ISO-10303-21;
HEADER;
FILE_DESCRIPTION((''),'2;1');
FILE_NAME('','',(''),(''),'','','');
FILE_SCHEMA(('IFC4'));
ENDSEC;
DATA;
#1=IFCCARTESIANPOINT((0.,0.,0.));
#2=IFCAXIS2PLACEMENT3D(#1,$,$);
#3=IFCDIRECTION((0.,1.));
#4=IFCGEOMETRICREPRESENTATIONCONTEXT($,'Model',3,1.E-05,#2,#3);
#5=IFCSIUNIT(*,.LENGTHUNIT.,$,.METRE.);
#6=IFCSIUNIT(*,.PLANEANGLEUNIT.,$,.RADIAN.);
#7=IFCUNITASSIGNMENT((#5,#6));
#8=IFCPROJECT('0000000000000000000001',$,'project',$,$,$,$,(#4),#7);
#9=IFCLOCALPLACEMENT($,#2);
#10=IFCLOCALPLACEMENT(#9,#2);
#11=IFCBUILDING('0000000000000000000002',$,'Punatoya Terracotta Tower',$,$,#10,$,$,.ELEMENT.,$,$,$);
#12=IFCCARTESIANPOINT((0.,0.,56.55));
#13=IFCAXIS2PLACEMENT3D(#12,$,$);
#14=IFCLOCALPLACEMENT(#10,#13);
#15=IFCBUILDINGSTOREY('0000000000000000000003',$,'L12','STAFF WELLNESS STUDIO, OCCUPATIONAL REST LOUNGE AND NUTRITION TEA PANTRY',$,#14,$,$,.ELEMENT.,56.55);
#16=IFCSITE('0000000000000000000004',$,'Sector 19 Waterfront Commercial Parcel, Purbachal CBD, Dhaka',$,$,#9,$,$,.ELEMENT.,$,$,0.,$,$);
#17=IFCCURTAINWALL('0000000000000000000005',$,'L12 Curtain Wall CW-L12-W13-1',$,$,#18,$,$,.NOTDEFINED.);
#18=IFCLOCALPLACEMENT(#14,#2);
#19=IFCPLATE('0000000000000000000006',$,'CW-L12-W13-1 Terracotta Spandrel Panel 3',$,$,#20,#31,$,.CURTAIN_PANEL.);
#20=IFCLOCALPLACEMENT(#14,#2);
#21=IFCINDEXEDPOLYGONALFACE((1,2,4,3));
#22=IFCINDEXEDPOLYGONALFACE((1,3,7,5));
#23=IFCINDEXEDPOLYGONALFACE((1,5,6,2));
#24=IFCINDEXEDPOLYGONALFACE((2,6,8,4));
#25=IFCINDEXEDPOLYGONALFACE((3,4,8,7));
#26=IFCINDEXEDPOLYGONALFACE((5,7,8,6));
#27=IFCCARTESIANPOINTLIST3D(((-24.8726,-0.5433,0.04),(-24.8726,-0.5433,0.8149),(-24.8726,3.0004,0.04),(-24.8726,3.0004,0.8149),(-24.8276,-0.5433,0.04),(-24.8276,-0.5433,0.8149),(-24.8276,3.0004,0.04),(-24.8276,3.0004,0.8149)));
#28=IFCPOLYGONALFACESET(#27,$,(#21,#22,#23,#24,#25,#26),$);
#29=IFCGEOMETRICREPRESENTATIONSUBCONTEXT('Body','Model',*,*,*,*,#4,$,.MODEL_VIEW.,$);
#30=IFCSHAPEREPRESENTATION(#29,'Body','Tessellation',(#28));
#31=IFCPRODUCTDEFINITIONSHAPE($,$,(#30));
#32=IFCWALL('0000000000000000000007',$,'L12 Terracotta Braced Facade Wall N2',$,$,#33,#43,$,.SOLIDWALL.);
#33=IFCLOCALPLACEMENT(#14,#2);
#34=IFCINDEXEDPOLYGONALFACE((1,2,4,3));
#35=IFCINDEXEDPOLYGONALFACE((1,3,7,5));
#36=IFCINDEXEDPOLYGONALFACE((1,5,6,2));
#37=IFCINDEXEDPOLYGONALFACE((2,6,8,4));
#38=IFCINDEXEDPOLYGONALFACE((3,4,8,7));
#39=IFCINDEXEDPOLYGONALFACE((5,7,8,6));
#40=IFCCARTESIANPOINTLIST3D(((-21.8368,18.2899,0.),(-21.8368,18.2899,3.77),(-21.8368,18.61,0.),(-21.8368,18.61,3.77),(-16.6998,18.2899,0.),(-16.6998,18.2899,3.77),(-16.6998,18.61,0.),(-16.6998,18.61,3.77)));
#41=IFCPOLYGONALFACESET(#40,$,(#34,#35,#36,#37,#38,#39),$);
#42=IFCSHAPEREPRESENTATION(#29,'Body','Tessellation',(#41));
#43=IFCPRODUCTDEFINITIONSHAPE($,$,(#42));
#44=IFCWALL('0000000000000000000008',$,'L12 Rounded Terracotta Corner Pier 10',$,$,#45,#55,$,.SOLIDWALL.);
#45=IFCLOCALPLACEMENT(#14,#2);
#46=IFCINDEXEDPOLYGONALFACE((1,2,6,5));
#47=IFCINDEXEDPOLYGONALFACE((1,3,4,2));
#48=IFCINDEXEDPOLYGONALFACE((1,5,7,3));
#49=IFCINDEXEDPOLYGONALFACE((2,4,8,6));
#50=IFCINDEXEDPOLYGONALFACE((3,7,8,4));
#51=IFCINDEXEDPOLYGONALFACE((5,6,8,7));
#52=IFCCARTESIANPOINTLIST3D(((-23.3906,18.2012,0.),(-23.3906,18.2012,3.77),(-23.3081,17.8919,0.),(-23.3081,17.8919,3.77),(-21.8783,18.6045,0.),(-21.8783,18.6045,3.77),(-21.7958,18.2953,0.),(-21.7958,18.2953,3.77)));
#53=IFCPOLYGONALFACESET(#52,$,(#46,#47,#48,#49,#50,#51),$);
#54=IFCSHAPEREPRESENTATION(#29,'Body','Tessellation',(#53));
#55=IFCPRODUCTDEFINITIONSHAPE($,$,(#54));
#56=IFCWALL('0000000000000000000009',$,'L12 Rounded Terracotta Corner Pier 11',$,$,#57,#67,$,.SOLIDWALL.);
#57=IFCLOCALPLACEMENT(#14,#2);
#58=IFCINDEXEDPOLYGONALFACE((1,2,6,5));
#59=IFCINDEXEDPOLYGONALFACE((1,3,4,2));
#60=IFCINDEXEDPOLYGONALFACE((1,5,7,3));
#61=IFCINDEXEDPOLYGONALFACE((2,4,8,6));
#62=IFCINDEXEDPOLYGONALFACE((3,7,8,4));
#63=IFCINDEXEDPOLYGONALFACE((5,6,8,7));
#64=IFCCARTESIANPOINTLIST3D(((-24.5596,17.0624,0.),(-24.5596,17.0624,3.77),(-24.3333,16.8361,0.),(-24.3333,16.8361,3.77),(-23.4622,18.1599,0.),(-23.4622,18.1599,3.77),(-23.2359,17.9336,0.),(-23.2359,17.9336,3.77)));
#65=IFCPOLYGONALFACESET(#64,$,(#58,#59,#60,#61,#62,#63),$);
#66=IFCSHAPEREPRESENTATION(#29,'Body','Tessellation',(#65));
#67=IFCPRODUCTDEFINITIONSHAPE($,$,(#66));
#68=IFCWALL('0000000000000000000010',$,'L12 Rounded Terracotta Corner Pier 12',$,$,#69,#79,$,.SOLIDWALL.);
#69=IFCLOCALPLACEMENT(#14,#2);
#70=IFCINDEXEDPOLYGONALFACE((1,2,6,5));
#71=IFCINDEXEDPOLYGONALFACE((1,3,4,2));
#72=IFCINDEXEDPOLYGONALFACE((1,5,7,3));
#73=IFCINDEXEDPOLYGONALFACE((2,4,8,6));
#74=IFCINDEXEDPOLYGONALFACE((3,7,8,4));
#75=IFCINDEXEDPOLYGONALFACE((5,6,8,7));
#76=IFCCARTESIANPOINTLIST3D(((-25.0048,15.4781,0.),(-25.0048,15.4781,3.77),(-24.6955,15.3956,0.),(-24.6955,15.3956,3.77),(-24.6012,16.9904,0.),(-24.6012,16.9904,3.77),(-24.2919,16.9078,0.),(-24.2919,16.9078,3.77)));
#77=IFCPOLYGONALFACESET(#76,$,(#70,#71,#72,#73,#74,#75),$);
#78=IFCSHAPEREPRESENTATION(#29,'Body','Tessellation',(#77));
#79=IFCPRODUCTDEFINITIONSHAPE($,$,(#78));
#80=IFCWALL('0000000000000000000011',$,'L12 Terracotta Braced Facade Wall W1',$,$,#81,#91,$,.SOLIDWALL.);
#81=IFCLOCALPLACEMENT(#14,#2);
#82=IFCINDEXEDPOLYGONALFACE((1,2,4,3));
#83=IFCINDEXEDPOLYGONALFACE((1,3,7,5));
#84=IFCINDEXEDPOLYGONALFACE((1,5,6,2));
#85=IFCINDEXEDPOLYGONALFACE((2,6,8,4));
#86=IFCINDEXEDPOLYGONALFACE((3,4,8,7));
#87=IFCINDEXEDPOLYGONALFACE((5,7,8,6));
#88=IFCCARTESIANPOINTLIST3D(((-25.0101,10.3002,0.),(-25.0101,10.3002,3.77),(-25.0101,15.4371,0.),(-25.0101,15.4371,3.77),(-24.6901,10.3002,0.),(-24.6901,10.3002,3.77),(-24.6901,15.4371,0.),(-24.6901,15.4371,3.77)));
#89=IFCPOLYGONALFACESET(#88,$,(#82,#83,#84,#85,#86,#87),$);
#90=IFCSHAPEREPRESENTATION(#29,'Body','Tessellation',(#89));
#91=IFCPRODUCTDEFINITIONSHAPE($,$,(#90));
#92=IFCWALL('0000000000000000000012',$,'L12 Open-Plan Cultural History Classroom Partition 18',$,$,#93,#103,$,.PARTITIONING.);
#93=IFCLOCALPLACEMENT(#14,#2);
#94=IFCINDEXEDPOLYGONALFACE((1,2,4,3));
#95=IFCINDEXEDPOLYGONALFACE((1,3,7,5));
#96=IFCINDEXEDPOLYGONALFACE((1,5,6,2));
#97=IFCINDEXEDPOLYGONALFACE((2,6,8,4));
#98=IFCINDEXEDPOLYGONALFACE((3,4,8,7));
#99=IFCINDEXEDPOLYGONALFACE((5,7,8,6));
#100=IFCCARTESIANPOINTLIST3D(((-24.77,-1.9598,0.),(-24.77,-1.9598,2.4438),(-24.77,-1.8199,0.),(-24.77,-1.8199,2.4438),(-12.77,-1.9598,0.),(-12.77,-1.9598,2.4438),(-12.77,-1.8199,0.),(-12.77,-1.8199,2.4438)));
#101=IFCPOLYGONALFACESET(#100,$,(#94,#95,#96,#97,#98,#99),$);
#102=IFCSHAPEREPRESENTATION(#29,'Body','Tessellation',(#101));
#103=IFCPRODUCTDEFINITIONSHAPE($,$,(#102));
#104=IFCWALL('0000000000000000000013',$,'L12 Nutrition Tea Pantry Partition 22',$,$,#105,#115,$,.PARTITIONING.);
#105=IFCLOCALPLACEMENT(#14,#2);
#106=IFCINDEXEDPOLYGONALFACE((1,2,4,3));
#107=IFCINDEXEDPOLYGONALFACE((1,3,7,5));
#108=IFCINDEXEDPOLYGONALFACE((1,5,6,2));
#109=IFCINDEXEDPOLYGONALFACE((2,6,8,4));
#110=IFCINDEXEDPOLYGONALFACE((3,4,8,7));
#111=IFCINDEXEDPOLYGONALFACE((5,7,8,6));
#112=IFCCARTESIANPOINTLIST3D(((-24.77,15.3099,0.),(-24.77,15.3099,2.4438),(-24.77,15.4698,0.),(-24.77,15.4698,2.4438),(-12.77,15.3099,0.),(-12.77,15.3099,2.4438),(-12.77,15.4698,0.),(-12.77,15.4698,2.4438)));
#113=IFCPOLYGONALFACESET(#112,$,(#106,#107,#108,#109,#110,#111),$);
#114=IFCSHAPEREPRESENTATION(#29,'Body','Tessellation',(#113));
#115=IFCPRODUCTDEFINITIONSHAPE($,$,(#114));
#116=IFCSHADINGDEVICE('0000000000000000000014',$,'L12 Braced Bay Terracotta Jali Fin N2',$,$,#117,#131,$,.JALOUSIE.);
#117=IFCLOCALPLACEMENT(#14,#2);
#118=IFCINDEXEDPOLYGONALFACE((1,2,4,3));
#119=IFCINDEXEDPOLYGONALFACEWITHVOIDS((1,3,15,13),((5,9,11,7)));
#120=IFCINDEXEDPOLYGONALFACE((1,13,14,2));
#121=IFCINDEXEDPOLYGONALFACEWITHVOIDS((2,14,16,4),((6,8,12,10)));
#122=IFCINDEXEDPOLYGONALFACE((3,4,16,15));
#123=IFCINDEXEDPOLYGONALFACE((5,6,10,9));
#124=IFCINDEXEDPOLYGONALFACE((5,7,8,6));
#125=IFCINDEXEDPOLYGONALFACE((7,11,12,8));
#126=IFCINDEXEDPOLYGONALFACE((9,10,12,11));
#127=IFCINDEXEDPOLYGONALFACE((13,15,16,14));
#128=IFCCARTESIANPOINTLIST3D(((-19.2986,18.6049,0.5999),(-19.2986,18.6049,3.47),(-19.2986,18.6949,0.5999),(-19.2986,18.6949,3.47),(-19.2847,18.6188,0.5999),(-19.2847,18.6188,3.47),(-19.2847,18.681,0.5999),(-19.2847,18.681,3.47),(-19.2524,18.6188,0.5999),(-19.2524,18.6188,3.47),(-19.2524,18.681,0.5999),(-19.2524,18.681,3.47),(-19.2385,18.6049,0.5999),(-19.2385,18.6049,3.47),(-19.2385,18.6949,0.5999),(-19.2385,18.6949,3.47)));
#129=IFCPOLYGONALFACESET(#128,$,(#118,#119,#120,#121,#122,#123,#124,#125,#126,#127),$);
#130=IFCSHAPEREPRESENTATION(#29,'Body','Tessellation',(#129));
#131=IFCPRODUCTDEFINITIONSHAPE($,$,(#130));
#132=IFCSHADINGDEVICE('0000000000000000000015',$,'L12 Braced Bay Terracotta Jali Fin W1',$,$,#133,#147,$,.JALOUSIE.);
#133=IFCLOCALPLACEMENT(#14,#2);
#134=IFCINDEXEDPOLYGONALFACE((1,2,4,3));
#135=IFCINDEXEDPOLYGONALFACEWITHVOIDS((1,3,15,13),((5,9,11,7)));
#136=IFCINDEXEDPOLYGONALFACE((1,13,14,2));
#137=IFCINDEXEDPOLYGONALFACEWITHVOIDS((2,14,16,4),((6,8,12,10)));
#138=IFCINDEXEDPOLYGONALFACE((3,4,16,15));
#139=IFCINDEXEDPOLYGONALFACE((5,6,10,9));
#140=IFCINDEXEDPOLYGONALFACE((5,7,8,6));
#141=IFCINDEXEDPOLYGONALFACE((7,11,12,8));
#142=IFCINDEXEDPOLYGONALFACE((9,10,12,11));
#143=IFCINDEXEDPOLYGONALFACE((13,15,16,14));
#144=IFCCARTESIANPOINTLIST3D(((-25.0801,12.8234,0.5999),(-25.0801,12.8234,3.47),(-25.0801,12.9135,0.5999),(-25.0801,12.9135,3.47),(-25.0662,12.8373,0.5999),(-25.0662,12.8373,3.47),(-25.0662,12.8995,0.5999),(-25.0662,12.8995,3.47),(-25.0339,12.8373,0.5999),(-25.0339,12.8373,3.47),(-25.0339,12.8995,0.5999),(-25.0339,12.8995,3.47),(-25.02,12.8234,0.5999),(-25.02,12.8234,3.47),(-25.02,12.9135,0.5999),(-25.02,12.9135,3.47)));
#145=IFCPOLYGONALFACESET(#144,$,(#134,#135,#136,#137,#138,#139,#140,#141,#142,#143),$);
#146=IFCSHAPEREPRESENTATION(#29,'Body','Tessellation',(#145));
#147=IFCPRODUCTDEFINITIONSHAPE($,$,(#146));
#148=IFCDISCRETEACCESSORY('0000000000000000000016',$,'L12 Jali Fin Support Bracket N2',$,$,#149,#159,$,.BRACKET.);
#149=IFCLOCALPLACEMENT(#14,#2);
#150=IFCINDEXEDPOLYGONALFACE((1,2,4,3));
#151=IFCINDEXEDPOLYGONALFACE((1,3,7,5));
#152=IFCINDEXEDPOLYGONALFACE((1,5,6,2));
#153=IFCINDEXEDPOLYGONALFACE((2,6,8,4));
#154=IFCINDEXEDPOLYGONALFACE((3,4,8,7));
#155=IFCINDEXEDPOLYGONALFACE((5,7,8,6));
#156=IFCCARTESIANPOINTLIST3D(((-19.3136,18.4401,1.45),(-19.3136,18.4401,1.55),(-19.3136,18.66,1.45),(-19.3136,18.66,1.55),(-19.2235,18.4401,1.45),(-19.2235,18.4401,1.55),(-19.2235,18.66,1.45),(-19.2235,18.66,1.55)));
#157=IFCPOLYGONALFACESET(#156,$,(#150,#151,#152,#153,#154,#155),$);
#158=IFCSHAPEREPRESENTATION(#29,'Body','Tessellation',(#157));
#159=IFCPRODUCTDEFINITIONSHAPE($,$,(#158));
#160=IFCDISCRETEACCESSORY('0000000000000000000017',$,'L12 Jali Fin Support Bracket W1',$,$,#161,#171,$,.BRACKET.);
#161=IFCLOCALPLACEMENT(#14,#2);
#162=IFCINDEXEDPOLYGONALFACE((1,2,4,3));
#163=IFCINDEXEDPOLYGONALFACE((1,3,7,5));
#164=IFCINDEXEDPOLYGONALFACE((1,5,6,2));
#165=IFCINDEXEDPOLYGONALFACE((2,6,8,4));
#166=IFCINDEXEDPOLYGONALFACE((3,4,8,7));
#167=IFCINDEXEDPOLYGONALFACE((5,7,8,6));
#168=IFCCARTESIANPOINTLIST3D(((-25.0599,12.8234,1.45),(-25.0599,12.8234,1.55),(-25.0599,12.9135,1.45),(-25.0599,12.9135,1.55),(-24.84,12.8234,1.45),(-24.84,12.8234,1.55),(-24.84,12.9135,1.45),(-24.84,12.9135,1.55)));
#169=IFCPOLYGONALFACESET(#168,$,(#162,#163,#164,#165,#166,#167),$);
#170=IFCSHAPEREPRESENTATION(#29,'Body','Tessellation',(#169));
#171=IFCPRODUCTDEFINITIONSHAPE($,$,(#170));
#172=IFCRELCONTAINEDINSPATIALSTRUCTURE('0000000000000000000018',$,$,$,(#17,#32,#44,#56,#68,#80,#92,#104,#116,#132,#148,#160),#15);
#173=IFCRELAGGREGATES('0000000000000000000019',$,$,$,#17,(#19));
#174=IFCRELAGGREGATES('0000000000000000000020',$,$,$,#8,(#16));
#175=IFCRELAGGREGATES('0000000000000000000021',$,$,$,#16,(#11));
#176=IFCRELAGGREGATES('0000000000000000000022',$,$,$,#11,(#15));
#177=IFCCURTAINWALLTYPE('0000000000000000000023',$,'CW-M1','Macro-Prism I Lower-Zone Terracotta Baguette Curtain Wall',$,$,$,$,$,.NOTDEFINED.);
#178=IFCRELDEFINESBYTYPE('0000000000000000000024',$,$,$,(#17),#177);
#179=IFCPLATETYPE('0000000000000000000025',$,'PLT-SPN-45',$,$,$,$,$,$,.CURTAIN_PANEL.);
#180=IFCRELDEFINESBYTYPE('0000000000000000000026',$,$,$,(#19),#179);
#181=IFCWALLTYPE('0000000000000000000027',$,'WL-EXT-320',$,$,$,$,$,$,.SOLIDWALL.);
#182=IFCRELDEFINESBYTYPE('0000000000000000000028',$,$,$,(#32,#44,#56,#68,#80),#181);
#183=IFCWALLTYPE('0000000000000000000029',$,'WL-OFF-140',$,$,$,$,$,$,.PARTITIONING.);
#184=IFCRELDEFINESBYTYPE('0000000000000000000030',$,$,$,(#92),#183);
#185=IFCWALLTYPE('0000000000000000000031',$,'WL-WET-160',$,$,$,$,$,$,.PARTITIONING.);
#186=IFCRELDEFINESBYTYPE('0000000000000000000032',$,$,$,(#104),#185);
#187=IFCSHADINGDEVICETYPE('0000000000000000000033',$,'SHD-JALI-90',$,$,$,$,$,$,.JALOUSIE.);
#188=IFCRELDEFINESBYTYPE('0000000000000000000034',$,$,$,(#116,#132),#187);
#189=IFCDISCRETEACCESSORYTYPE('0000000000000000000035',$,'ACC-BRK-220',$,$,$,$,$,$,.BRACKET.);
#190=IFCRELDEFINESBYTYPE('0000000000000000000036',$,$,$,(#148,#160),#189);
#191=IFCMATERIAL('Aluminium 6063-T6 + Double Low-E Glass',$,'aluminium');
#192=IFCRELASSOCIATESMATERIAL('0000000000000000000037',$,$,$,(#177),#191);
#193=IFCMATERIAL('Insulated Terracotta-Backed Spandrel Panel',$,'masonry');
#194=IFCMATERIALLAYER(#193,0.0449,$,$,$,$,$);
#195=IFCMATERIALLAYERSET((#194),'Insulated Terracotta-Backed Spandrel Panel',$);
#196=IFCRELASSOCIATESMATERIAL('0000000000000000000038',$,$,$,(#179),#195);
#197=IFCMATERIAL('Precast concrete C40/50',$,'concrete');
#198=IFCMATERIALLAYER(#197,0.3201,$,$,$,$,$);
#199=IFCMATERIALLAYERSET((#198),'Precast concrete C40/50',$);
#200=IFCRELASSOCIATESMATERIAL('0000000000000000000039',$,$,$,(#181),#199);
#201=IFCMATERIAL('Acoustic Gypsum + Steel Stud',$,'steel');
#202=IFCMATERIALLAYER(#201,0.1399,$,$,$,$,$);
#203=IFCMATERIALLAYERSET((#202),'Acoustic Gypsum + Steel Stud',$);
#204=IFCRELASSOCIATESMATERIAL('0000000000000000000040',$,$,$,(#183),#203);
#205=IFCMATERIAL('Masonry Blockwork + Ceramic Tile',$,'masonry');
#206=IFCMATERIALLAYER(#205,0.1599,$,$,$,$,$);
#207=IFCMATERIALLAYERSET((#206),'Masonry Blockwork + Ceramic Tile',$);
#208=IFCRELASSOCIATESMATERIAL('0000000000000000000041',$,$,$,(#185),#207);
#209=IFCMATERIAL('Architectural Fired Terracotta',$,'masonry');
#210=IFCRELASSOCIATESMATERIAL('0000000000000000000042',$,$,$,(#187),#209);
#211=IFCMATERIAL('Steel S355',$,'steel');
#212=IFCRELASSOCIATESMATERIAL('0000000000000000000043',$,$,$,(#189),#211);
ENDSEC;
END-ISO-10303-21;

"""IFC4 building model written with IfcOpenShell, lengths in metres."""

from ifc_helpers import new_model, si_unit, direction, frame, frame_2d, origin, origin_2d, place, context, subcontext, project, spatial, rectangle, hollow_rectangle, extrude, material, layer, layer_set, material_profile, profile_set, type_object, element, aggregate, save


model = new_model("IFC4")

# Units and contexts
model_context = context("Model", 3, precision=1e-05, world=origin(), true_north=direction((0.0, 1.0)))
body_context = subcontext(model_context, "Body", "Model", "MODEL_VIEW")
ifc_project = project(units=[si_unit("LENGTHUNIT", "METRE"), si_unit("PLANEANGLEUNIT", "RADIAN")], contexts=[model_context])

# Site, building, storey
site_placement = place(None, origin())
site = spatial("IfcSite", under=ifc_project, at=site_placement, Name="Sector 19 Waterfront Commercial Parcel, Purbachal CBD, Dhaka", CompositionType="ELEMENT", RefElevation=0.0)
building_placement = place(site_placement, origin())
building = spatial("IfcBuilding", under=site, at=building_placement, Name="Punatoya Terracotta Tower", CompositionType="ELEMENT")
storey_placement = place(building_placement, frame((0.0, 0.0, 56.55)))
storey = spatial("IfcBuildingStorey", under=building, at=storey_placement, Name="L12", Description="STAFF WELLNESS STUDIO, OCCUPATIONAL REST LOUNGE AND NUTRITION TEA PANTRY", CompositionType="ELEMENT", Elevation=56.55)

# Shared definitions
ifc_material_1 = material(Name="Steel S355", Category="steel")

# Shared definitions
ifc_material_2 = material(Name="Aluminium 6063-T6 + Double Low-E Glass", Category="aluminium")
curtain_wall_type = type_object("IfcCurtainWallType", Name="CW-M1", Description="Macro-Prism I Lower-Zone Terracotta Baguette Curtain Wall", PredefinedType="NOTDEFINED", material=ifc_material_2)

# Curtain wall
curtain_wall_1_placement = place(storey_placement, origin())
curtain_wall_1 = element("IfcCurtainWall", 1, at=curtain_wall_1_placement, inside=storey, type_object=curtain_wall_type, Name="L12 Curtain Wall CW-L12-W13-1", PredefinedType="NOTDEFINED")

# Plate
ifc_material_3 = material(Name="Insulated Terracotta-Backed Spandrel Panel", Category="masonry")
ifc_layer_1 = layer(ifc_material_3, 0.0449)
ifc_layer_set_1 = layer_set([ifc_layer_1], Name="Insulated Terracotta-Backed Spandrel Panel")
plate_type_1 = type_object("IfcPlateType", Name="PLT-SPN-45", PredefinedType="CURTAIN_PANEL", material=ifc_layer_set_1)
plate_1_placement = place(storey_placement, frame((-24.8501, 1.2285, 0.04), z_axis=(0.0, 0.0, 1.0), x_axis=(0.0, -1.0, 0.0)))
plate_1 = element("IfcPlate", 2, at=plate_1_placement, type_object=plate_type_1, Name="CW-L12-W13-1 Terracotta Spandrel Panel 3", PredefinedType="CURTAIN_PANEL", context=body_context, shape_type="SweptSolid", body=[
    extrude(rectangle(XDim=3.5437, YDim=0.0449, at=origin_2d()), origin(), (0.0, 0.0, 1.0), 0.7749),
])
aggregate(curtain_wall_1, [plate_1])

# Walls
ifc_material_4 = material(Name="Precast concrete C40/50", Category="concrete")
ifc_layer_2 = layer(ifc_material_4, 0.3201)
ifc_layer_set_2 = layer_set([ifc_layer_2], Name="Precast concrete C40/50")
wall_type_1 = type_object("IfcWallType", Name="WL-EXT-320", PredefinedType="SOLIDWALL", material=ifc_layer_set_2)
wall_1_placement = place(storey_placement, frame((-16.7, 18.45, 0.0), z_axis=(0.0, 0.0, 1.0), x_axis=(-1.0, 0.0, 0.0)))
element("IfcWall", 3, at=wall_1_placement, inside=storey, type_object=wall_type_1, Name="L12 Terracotta Braced Facade Wall N2", PredefinedType="SOLIDWALL", context=body_context, shape_type="SweptSolid", body=[
    extrude(rectangle(XDim=5.137, YDim=0.3201, at=frame_2d((2.5684, 0.0))), origin(), (0.0, 0.0, 1.0), 3.77),
])
wall_2_placement = place(storey_placement, frame((-21.8369, 18.45, 0.0), z_axis=(0.0, 0.0, 1.0), x_axis=(-0.966225, -0.257701, 0.0)))
element("IfcWall", 4, at=wall_2_placement, inside=storey, type_object=wall_type_1, Name="L12 Rounded Terracotta Corner Pier 10", PredefinedType="SOLIDWALL", context=body_context, shape_type="SweptSolid", body=[
    extrude(rectangle(XDim=1.5652, YDim=0.3201, at=frame_2d((0.7827, 0.0))), origin(), (0.0, 0.0, 1.0), 3.77),
])
wall_3_placement = place(storey_placement, frame((-23.3491, 18.0466, 0.0), z_axis=(0.0, 0.0, 1.0), x_axis=(-0.707107, -0.707107, 0.0)))
element("IfcWall", 5, at=wall_3_placement, inside=storey, type_object=wall_type_1, Name="L12 Rounded Terracotta Corner Pier 11", PredefinedType="SOLIDWALL", context=body_context, shape_type="SweptSolid", body=[
    extrude(rectangle(XDim=1.552, YDim=0.3201, at=frame_2d((0.7759, 0.0))), origin(), (0.0, 0.0, 1.0), 3.77),
])
wall_4_placement = place(storey_placement, frame((-24.4465, 16.9492, 0.0), z_axis=(0.0, 0.0, 1.0), x_axis=(-0.257847, -0.966186, 0.0)))
element("IfcWall", 6, at=wall_4_placement, inside=storey, type_object=wall_type_1, Name="L12 Rounded Terracotta Corner Pier 12", PredefinedType="SOLIDWALL", context=body_context, shape_type="SweptSolid", body=[
    extrude(rectangle(XDim=1.5652, YDim=0.3201, at=frame_2d((0.7827, 0.0))), origin(), (0.0, 0.0, 1.0), 3.77),
])
wall_5_placement = place(storey_placement, frame((-24.8501, 15.437, 0.0), z_axis=(0.0, 0.0, 1.0), x_axis=(0.0, -1.0, 0.0)))
element("IfcWall", 7, at=wall_5_placement, inside=storey, type_object=wall_type_1, Name="L12 Terracotta Braced Facade Wall W1", PredefinedType="SOLIDWALL", context=body_context, shape_type="SweptSolid", body=[
    extrude(rectangle(XDim=5.137, YDim=0.3201, at=frame_2d((2.5684, 0.0))), origin(), (0.0, 0.0, 1.0), 3.77),
])
ifc_material_5 = material(Name="Acoustic Gypsum + Steel Stud", Category="steel")
ifc_layer_3 = layer(ifc_material_5, 0.1399)
ifc_layer_set_3 = layer_set([ifc_layer_3], Name="Acoustic Gypsum + Steel Stud")
wall_type_2 = type_object("IfcWallType", Name="WL-OFF-140", PredefinedType="PARTITIONING", material=ifc_layer_set_3)
wall_6_placement = place(storey_placement, frame((-24.77, -1.8899, 0.0), z_axis=(0.0, 0.0, 1.0), x_axis=(1.0, 0.0, 0.0)))
element("IfcWall", 8, at=wall_6_placement, inside=storey, type_object=wall_type_2, Name="L12 Open-Plan Cultural History Classroom Partition 18", PredefinedType="PARTITIONING", context=body_context, shape_type="SweptSolid", body=[
    extrude(rectangle(XDim=12.0, YDim=0.1399, at=frame_2d((6.0, 0.0))), origin(), (0.0, 0.0, 1.0), 2.4438),
])
ifc_material_6 = material(Name="Masonry Blockwork + Ceramic Tile", Category="masonry")
ifc_layer_4 = layer(ifc_material_6, 0.1599)
ifc_layer_set_4 = layer_set([ifc_layer_4], Name="Masonry Blockwork + Ceramic Tile")
wall_type_3 = type_object("IfcWallType", Name="WL-WET-160", PredefinedType="PARTITIONING", material=ifc_layer_set_4)
wall_7_placement = place(storey_placement, frame((-24.77, 15.3899, 0.0), z_axis=(0.0, 0.0, 1.0), x_axis=(1.0, 0.0, 0.0)))
element("IfcWall", 9, at=wall_7_placement, inside=storey, type_object=wall_type_3, Name="L12 Nutrition Tea Pantry Partition 22", PredefinedType="PARTITIONING", context=body_context, shape_type="SweptSolid", body=[
    extrude(rectangle(XDim=12.0, YDim=0.1599, at=frame_2d((6.0, 0.0))), origin(), (0.0, 0.0, 1.0), 2.4438),
])

# Shading devices
ifc_material_7 = material(Name="Architectural Fired Terracotta", Category="masonry")
ifc_material_profile_1 = material_profile(ifc_material_7, hollow_rectangle(XDim=0.0601, YDim=0.0901, WallThickness=0.0139, at=origin_2d()))
ifc_profile_set_1 = profile_set([ifc_material_profile_1], Name="Architectural Fired Terracotta")
shading_device_type = type_object("IfcShadingDeviceType", Name="SHD-JALI-90", PredefinedType="JALOUSIE", material=ifc_profile_set_1)
for number, where, z_axis, x_axis, name in (
    (10, (-19.2686, 18.6499, 0.5999), (0.0, 0.0, 1.0), (1.0, 0.0, 0.0), "L12 Braced Bay Terracotta Jali Fin N2"),
    (11, (-25.05, 12.8684, 0.5999), (0.0, 0.0, 1.0), (1.0, 0.0, 0.0), "L12 Braced Bay Terracotta Jali Fin W1"),
):
    element("IfcShadingDevice", number, at=place(storey_placement, frame(where, z_axis=z_axis, x_axis=x_axis)), inside=storey, type_object=shading_device_type, Name=name, PredefinedType="JALOUSIE", context=body_context, shape_type="SweptSolid", body=[
        extrude(hollow_rectangle(XDim=0.0601, YDim=0.0901, WallThickness=0.0139, at=origin_2d()), origin(), (0.0, 0.0, 1.0), 2.8701),
    ])

# Discrete accessories
discrete_accessory_type = type_object("IfcDiscreteAccessoryType", Name="ACC-BRK-220", PredefinedType="BRACKET", material=ifc_material_1)
for number, where, z_axis, x_axis, name in (
    (12, (-19.2686, 18.55, 1.45), (0.0, 0.0, 1.0), (-1.0, 0.0, 0.0), "L12 Jali Fin Support Bracket N2"),
    (13, (-24.95, 12.8684, 1.45), (0.0, 0.0, 1.0), (0.0, -1.0, 0.0), "L12 Jali Fin Support Bracket W1"),
):
    element("IfcDiscreteAccessory", number, at=place(storey_placement, frame(where, z_axis=z_axis, x_axis=x_axis)), inside=storey, type_object=discrete_accessory_type, Name=name, PredefinedType="BRACKET", context=body_context, shape_type="SweptSolid", body=[
        extrude(rectangle(XDim=0.0901, YDim=0.22, at=origin_2d()), origin(), (0.0, 0.0, 1.0), 0.1001),
    ])

save(model, "model.ifc")
